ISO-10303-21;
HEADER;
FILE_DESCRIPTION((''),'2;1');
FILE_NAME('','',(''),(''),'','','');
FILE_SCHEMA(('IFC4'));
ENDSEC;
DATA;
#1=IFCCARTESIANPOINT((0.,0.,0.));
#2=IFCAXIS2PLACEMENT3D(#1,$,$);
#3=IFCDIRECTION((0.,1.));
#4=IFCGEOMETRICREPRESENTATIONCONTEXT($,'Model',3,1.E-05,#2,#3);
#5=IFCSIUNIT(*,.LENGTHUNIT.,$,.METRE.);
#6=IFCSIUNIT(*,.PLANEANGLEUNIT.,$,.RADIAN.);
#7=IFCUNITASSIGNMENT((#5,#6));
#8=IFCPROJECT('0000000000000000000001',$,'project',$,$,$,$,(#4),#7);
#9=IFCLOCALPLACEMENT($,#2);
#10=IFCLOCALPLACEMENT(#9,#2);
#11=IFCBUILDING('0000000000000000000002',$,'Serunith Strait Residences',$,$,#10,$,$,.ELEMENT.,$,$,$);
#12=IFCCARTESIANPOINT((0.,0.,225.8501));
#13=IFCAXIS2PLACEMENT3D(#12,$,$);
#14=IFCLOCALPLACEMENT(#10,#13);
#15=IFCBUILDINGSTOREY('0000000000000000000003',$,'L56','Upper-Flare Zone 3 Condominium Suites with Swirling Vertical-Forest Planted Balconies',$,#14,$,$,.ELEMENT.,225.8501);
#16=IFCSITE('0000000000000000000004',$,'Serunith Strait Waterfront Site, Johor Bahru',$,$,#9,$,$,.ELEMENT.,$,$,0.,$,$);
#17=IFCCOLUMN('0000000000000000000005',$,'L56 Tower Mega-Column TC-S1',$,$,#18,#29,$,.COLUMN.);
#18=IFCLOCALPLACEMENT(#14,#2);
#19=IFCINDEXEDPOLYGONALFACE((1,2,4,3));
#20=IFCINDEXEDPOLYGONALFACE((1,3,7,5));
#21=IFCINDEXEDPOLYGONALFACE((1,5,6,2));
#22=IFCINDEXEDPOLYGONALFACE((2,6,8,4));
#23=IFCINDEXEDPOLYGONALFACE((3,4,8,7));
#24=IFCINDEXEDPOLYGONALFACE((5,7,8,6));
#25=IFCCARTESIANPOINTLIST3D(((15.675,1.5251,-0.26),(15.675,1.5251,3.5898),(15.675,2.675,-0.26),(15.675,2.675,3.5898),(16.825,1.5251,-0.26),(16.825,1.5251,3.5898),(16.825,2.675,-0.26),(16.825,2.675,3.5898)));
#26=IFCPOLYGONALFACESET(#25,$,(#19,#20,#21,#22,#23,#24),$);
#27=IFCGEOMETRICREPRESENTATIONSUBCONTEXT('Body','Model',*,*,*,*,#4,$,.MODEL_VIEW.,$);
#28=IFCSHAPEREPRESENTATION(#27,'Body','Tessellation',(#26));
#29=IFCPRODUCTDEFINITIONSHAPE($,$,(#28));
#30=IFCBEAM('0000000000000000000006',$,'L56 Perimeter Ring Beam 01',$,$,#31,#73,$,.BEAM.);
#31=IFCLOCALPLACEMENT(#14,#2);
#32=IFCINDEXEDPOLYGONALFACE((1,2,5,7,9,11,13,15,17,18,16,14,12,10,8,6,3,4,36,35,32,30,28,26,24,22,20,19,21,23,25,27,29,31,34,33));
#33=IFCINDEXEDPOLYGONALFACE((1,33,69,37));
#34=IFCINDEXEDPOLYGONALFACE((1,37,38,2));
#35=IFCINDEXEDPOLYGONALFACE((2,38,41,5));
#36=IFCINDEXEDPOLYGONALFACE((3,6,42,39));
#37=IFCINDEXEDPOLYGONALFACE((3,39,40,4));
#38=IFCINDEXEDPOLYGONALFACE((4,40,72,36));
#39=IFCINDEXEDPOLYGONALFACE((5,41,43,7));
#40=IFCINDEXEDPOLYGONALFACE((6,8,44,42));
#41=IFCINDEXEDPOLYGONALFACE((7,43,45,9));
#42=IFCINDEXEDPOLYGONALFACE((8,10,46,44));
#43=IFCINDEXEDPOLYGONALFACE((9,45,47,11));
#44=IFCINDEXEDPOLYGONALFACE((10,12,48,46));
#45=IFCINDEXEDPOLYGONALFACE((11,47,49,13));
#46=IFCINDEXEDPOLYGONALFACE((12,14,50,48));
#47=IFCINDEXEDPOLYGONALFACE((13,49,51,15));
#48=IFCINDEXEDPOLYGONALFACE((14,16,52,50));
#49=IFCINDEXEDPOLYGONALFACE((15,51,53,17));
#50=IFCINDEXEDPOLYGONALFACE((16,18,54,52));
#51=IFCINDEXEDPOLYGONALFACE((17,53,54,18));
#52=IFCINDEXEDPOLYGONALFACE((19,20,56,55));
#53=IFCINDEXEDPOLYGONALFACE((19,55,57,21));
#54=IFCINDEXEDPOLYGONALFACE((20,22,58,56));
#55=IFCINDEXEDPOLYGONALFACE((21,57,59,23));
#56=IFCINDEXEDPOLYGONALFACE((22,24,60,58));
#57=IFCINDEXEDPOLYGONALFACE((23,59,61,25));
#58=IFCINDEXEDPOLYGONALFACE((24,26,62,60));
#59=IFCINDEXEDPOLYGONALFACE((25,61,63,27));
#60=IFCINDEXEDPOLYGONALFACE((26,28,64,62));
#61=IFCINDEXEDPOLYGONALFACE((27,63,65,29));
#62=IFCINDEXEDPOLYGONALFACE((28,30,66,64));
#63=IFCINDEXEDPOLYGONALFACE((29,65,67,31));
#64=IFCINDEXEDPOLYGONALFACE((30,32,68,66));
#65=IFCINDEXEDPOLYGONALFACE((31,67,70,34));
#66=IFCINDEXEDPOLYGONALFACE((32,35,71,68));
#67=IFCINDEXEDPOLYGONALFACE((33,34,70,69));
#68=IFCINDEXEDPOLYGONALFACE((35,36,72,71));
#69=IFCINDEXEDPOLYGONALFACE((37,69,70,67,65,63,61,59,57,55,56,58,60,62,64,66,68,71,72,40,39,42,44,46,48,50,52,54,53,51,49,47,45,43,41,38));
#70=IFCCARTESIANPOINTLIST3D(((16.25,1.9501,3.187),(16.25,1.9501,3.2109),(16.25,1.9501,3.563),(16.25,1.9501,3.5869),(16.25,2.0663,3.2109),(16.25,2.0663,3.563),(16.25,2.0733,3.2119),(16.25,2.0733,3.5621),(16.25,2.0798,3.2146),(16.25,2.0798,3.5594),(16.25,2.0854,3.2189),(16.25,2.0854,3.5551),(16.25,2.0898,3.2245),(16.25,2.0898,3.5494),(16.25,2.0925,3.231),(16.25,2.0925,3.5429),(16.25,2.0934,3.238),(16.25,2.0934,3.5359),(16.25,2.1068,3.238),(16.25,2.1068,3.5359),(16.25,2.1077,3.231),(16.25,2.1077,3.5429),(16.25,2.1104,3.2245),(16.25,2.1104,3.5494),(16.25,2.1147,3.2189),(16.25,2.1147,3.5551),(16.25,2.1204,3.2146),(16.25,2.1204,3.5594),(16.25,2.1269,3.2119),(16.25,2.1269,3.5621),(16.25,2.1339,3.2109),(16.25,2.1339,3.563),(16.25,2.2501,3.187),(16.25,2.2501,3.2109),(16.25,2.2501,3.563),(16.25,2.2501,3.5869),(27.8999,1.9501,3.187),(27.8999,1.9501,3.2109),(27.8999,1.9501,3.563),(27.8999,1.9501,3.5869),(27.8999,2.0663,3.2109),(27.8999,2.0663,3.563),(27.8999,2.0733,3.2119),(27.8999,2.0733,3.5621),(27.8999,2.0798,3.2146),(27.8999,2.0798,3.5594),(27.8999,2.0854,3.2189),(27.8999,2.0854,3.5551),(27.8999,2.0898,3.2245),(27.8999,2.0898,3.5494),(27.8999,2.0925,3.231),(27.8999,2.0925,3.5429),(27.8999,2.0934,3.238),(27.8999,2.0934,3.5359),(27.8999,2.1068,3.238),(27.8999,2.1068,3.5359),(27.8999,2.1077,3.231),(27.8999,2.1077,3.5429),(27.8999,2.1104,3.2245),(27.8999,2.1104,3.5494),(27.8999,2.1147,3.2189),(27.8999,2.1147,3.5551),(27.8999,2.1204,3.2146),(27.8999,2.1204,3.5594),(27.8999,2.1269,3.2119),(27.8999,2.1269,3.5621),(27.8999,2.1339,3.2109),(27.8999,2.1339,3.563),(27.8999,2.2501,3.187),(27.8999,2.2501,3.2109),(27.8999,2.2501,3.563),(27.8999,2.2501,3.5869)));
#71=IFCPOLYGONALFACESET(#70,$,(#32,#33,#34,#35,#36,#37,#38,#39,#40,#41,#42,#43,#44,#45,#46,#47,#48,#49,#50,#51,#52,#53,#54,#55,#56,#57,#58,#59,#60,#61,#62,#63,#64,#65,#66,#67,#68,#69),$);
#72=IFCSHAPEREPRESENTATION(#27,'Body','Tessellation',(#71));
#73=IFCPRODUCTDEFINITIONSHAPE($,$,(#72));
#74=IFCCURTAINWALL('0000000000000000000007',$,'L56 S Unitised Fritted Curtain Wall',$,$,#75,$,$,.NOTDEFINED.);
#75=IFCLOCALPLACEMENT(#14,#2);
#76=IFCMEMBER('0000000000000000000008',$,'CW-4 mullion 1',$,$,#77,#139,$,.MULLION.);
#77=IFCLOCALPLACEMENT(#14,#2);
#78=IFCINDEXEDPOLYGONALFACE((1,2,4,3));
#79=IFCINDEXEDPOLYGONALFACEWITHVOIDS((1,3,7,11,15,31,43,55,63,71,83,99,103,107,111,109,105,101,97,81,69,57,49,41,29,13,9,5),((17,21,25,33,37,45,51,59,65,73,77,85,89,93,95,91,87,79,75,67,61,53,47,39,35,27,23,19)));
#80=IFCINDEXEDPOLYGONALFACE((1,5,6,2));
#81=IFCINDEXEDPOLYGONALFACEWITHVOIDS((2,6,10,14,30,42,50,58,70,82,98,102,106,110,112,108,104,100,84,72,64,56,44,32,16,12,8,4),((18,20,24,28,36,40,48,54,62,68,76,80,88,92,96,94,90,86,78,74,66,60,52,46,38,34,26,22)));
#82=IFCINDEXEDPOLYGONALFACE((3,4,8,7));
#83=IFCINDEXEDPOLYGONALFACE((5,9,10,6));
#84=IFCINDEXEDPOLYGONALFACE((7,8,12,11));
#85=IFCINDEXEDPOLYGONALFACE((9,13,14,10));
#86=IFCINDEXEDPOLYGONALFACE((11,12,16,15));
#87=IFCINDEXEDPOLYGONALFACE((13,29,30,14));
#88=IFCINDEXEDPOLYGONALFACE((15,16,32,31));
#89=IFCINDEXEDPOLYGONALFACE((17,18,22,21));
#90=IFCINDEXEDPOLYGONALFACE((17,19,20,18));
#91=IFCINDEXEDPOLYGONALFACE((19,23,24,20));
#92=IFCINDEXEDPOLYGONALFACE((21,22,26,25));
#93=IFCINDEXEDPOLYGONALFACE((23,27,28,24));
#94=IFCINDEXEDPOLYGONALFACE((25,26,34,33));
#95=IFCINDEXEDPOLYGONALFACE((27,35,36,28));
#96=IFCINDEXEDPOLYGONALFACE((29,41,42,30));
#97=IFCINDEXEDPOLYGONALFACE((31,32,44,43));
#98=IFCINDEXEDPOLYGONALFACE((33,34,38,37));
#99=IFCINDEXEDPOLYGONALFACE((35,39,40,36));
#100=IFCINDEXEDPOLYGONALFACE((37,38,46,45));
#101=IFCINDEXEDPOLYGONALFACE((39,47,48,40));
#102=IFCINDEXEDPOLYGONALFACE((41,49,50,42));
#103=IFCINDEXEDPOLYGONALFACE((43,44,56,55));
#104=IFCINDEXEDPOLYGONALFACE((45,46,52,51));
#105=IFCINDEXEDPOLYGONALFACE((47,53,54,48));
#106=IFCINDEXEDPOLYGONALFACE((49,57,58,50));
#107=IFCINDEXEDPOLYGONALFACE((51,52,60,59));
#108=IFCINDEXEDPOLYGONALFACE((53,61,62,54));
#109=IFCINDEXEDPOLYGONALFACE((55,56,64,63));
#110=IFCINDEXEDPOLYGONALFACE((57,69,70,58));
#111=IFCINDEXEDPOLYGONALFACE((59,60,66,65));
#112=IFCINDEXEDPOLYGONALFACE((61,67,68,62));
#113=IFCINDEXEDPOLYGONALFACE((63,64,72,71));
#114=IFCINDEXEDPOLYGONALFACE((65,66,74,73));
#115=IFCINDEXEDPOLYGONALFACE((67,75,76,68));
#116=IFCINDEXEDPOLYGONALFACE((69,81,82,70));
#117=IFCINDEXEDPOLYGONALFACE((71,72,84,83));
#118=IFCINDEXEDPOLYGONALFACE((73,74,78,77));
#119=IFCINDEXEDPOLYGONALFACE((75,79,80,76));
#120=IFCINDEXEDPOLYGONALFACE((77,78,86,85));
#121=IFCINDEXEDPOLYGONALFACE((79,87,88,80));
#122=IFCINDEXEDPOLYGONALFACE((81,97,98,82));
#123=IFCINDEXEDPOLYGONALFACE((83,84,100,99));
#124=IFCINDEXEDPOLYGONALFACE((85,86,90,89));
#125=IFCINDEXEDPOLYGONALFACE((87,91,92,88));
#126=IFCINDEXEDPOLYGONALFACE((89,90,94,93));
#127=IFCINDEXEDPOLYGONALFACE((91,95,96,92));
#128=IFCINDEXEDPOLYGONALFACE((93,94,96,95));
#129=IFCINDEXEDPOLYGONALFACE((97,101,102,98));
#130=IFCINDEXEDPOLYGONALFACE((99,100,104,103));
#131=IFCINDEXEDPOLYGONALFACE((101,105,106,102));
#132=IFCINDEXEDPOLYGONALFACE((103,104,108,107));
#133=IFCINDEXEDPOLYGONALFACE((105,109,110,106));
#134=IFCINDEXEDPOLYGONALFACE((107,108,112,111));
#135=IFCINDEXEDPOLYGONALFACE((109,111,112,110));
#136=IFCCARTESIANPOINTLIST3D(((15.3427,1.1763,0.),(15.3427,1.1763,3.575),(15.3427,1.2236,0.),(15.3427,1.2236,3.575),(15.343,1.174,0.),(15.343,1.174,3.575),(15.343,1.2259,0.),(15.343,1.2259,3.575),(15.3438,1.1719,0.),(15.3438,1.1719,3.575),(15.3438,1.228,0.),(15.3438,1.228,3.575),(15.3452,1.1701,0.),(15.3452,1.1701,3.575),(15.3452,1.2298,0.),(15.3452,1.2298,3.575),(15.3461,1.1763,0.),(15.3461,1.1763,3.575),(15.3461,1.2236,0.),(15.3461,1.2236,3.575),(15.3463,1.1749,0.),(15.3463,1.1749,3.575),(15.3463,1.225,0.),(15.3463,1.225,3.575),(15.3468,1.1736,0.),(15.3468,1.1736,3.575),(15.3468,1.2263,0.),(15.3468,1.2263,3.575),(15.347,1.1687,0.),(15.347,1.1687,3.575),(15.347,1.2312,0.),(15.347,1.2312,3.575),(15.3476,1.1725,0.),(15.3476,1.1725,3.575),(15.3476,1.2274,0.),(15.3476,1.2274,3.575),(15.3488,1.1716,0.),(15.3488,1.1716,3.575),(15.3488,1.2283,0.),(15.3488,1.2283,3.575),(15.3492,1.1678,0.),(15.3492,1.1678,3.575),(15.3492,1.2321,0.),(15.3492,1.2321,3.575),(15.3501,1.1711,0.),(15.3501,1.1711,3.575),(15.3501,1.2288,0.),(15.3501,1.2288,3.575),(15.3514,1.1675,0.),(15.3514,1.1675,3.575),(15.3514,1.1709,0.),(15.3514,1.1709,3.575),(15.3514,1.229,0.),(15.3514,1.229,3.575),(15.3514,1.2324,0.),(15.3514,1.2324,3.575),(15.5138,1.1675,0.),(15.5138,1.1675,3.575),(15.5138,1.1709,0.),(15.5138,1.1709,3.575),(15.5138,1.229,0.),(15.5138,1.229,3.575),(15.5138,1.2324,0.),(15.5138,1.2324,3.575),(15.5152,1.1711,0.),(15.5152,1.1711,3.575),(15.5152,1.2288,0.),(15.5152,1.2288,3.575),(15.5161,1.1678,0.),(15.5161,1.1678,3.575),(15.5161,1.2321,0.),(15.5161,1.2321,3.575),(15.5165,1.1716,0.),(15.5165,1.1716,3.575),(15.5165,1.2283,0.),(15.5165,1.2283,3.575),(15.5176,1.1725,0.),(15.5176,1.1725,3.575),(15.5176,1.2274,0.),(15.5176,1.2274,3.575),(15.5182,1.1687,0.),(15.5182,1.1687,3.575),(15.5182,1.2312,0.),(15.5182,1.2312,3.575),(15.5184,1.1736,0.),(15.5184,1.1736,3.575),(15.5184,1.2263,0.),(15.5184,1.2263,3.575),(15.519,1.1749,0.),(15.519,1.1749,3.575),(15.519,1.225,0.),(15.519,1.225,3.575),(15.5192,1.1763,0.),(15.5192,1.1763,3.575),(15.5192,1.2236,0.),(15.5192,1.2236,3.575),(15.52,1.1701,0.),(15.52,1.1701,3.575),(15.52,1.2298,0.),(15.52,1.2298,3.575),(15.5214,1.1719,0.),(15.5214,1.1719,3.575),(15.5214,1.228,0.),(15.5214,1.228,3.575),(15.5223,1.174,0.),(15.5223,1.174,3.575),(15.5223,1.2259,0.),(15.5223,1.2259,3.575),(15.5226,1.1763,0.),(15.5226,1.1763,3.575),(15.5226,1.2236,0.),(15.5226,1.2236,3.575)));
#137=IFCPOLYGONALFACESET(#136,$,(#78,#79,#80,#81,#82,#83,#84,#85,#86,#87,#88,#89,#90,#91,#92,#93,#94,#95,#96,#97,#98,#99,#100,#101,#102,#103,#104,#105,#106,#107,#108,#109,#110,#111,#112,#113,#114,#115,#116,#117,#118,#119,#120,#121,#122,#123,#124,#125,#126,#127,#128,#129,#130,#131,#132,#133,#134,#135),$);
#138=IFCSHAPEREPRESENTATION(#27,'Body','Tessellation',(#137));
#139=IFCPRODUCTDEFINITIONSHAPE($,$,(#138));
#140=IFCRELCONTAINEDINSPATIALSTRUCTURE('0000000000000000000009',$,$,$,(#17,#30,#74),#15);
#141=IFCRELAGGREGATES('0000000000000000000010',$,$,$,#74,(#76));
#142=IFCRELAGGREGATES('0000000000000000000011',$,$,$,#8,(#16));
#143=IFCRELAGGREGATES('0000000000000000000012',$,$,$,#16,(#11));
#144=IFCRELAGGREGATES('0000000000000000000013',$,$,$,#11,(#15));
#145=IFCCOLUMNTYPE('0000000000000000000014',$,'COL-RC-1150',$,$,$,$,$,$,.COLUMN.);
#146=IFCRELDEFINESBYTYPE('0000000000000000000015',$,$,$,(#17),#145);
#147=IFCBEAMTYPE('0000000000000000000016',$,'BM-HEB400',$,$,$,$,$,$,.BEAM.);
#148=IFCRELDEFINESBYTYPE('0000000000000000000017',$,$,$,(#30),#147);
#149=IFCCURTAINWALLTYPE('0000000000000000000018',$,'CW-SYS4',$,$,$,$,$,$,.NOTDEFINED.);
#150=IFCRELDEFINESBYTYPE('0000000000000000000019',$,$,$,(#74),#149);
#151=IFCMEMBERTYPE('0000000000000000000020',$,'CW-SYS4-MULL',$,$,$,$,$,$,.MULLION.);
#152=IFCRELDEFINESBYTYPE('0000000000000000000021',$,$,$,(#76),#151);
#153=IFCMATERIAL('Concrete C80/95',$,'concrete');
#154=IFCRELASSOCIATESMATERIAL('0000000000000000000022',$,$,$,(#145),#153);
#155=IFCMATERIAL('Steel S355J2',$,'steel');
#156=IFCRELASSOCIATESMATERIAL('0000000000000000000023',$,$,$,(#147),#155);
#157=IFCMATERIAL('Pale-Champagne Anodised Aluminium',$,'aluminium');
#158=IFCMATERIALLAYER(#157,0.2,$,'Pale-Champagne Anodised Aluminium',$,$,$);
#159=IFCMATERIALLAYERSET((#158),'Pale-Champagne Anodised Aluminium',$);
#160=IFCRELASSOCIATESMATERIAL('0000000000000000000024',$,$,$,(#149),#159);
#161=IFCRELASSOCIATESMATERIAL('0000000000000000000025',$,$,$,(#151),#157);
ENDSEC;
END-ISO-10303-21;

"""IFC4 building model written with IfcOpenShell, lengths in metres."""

from ifc_helpers import new_model, si_unit, direction, frame, origin, origin_2d, place, context, subcontext, project, spatial, rectangle, hollow_rectangle, i_section, extrude, source, transform, mapped, material, layer, layer_set, material_profile, profile_set, type_object, element, aggregate, save


model = new_model("IFC4")

# Units and contexts
model_context = context("Model", 3, precision=1e-05, world=origin(), true_north=direction((0.0, 1.0)))
body_context = subcontext(model_context, "Body", "Model", "MODEL_VIEW")
ifc_project = project(units=[si_unit("LENGTHUNIT", "METRE"), si_unit("PLANEANGLEUNIT", "RADIAN")], contexts=[model_context])

# Site, building, storey
site_placement = place(None, origin())
site = spatial("IfcSite", under=ifc_project, at=site_placement, Name="Serunith Strait Waterfront Site, Johor Bahru", CompositionType="ELEMENT", RefElevation=0.0)
building_placement = place(site_placement, origin())
building = spatial("IfcBuilding", under=site, at=building_placement, Name="Serunith Strait Residences", CompositionType="ELEMENT")
storey_placement = place(building_placement, frame((0.0, 0.0, 225.8501)))
storey = spatial("IfcBuildingStorey", under=building, at=storey_placement, Name="L56", Description="Upper-Flare Zone 3 Condominium Suites with Swirling Vertical-Forest Planted Balconies", CompositionType="ELEMENT", Elevation=225.8501)

# Column
ifc_material_1 = material(Name="Concrete C80/95", Category="concrete")
ifc_material_profile_1 = material_profile(ifc_material_1, rectangle(XDim=1.1499, YDim=1.1499, at=origin_2d()), Name="RC 1150x1150")
ifc_profile_set_1 = profile_set([ifc_material_profile_1], Name="Concrete C80/95")
column_type = type_object("IfcColumnType", Name="COL-RC-1150", PredefinedType="COLUMN", material=ifc_profile_set_1)
shared_shape_1 = source(origin(), body_context, "Body", "SweptSolid", [
    extrude(rectangle(XDim=1.1499, YDim=1.1499, at=origin_2d()), origin(), (0.0, 0.0, 1.0), 3.8499),
])
column_placement = place(storey_placement, frame((16.25, 2.1001, -0.26), z_axis=(0.0, 0.0, 1.0), x_axis=(1.0, 0.0, 0.0)))
element("IfcColumn", 1, at=column_placement, inside=storey, type_object=column_type, Name="L56 Tower Mega-Column TC-S1", PredefinedType="COLUMN", context=body_context, shape_type="MappedRepresentation", body=[
    mapped(shared_shape_1, transform((0.0, 0.0, 0.0), scale=1.0)),
])

# Beam
ifc_material_2 = material(Name="Steel S355J2", Category="steel")
ifc_material_profile_2 = material_profile(ifc_material_2, i_section(OverallWidth=0.3, OverallDepth=0.3999, WebThickness=0.0134, FlangeThickness=0.0239, FilletRadius=0.0271, at=origin_2d()), Name="HEB 400")
ifc_profile_set_2 = profile_set([ifc_material_profile_2], Name="Steel S355J2")
beam_type = type_object("IfcBeamType", Name="BM-HEB400", PredefinedType="BEAM", material=ifc_profile_set_2)
shared_shape_2 = source(origin(), body_context, "Body", "SweptSolid", [
    extrude(i_section(OverallWidth=0.3, OverallDepth=0.3999, WebThickness=0.0134, FlangeThickness=0.0239, FilletRadius=0.0271, at=origin_2d()), origin(), (0.0, 0.0, 1.0), 11.6499),
])
beam_placement = place(storey_placement, frame((16.25, 2.1001, 3.387), z_axis=(1.0, 0.0, 0.0), x_axis=(0.0, 1.0, 0.0)))
element("IfcBeam", 2, at=beam_placement, inside=storey, type_object=beam_type, Name="L56 Perimeter Ring Beam 01", PredefinedType="BEAM", context=body_context, shape_type="MappedRepresentation", body=[
    mapped(shared_shape_2, transform((0.0, 0.0, 0.0), scale=1.0)),
])

# Curtain wall, member
ifc_material_3 = material(Name="Pale-Champagne Anodised Aluminium", Category="aluminium")
ifc_layer_1 = layer(ifc_material_3, 0.2, Name="Pale-Champagne Anodised Aluminium")
ifc_layer_set_1 = layer_set([ifc_layer_1], Name="Pale-Champagne Anodised Aluminium")
curtain_wall_type = type_object("IfcCurtainWallType", Name="CW-SYS4", PredefinedType="NOTDEFINED", material=ifc_layer_set_1)
curtain_wall_1_placement = place(storey_placement, origin())
curtain_wall_1 = element("IfcCurtainWall", 3, at=curtain_wall_1_placement, inside=storey, type_object=curtain_wall_type, Name="L56 S Unitised Fritted Curtain Wall", PredefinedType="NOTDEFINED")
ifc_material_profile_3 = material_profile(ifc_material_3, hollow_rectangle(XDim=0.0649, YDim=0.1799, WallThickness=0.0034, InnerFilletRadius=0.0054, OuterFilletRadius=0.0088, at=origin_2d()), Name="ALU 180x65x3.5")
ifc_profile_set_3 = profile_set([ifc_material_profile_3], Name="Pale-Champagne Anodised Aluminium")
member_type_1 = type_object("IfcMemberType", Name="CW-SYS4-MULL", PredefinedType="MULLION", material=ifc_profile_set_3)
shared_shape_3 = source(origin(), body_context, "Body", "SweptSolid", [
    extrude(hollow_rectangle(XDim=0.0649, YDim=0.1799, WallThickness=0.0034, InnerFilletRadius=0.0054, OuterFilletRadius=0.0088, at=origin_2d()), origin(), (0.0, 0.0, 1.0), 3.575),
])
member_1_placement = place(storey_placement, frame((15.4326, 1.2, 0.0), z_axis=(0.0, 0.0, 1.0), x_axis=(0.0, 1.0, 0.0)))
member_1 = element("IfcMember", 4, at=member_1_placement, type_object=member_type_1, Name="CW-4 mullion 1", PredefinedType="MULLION", context=body_context, shape_type="MappedRepresentation", body=[
    mapped(shared_shape_3, transform((0.0, 0.0, 0.0), scale=1.0)),
])

aggregate(curtain_wall_1, [member_1])

save(model, "model.ifc")
